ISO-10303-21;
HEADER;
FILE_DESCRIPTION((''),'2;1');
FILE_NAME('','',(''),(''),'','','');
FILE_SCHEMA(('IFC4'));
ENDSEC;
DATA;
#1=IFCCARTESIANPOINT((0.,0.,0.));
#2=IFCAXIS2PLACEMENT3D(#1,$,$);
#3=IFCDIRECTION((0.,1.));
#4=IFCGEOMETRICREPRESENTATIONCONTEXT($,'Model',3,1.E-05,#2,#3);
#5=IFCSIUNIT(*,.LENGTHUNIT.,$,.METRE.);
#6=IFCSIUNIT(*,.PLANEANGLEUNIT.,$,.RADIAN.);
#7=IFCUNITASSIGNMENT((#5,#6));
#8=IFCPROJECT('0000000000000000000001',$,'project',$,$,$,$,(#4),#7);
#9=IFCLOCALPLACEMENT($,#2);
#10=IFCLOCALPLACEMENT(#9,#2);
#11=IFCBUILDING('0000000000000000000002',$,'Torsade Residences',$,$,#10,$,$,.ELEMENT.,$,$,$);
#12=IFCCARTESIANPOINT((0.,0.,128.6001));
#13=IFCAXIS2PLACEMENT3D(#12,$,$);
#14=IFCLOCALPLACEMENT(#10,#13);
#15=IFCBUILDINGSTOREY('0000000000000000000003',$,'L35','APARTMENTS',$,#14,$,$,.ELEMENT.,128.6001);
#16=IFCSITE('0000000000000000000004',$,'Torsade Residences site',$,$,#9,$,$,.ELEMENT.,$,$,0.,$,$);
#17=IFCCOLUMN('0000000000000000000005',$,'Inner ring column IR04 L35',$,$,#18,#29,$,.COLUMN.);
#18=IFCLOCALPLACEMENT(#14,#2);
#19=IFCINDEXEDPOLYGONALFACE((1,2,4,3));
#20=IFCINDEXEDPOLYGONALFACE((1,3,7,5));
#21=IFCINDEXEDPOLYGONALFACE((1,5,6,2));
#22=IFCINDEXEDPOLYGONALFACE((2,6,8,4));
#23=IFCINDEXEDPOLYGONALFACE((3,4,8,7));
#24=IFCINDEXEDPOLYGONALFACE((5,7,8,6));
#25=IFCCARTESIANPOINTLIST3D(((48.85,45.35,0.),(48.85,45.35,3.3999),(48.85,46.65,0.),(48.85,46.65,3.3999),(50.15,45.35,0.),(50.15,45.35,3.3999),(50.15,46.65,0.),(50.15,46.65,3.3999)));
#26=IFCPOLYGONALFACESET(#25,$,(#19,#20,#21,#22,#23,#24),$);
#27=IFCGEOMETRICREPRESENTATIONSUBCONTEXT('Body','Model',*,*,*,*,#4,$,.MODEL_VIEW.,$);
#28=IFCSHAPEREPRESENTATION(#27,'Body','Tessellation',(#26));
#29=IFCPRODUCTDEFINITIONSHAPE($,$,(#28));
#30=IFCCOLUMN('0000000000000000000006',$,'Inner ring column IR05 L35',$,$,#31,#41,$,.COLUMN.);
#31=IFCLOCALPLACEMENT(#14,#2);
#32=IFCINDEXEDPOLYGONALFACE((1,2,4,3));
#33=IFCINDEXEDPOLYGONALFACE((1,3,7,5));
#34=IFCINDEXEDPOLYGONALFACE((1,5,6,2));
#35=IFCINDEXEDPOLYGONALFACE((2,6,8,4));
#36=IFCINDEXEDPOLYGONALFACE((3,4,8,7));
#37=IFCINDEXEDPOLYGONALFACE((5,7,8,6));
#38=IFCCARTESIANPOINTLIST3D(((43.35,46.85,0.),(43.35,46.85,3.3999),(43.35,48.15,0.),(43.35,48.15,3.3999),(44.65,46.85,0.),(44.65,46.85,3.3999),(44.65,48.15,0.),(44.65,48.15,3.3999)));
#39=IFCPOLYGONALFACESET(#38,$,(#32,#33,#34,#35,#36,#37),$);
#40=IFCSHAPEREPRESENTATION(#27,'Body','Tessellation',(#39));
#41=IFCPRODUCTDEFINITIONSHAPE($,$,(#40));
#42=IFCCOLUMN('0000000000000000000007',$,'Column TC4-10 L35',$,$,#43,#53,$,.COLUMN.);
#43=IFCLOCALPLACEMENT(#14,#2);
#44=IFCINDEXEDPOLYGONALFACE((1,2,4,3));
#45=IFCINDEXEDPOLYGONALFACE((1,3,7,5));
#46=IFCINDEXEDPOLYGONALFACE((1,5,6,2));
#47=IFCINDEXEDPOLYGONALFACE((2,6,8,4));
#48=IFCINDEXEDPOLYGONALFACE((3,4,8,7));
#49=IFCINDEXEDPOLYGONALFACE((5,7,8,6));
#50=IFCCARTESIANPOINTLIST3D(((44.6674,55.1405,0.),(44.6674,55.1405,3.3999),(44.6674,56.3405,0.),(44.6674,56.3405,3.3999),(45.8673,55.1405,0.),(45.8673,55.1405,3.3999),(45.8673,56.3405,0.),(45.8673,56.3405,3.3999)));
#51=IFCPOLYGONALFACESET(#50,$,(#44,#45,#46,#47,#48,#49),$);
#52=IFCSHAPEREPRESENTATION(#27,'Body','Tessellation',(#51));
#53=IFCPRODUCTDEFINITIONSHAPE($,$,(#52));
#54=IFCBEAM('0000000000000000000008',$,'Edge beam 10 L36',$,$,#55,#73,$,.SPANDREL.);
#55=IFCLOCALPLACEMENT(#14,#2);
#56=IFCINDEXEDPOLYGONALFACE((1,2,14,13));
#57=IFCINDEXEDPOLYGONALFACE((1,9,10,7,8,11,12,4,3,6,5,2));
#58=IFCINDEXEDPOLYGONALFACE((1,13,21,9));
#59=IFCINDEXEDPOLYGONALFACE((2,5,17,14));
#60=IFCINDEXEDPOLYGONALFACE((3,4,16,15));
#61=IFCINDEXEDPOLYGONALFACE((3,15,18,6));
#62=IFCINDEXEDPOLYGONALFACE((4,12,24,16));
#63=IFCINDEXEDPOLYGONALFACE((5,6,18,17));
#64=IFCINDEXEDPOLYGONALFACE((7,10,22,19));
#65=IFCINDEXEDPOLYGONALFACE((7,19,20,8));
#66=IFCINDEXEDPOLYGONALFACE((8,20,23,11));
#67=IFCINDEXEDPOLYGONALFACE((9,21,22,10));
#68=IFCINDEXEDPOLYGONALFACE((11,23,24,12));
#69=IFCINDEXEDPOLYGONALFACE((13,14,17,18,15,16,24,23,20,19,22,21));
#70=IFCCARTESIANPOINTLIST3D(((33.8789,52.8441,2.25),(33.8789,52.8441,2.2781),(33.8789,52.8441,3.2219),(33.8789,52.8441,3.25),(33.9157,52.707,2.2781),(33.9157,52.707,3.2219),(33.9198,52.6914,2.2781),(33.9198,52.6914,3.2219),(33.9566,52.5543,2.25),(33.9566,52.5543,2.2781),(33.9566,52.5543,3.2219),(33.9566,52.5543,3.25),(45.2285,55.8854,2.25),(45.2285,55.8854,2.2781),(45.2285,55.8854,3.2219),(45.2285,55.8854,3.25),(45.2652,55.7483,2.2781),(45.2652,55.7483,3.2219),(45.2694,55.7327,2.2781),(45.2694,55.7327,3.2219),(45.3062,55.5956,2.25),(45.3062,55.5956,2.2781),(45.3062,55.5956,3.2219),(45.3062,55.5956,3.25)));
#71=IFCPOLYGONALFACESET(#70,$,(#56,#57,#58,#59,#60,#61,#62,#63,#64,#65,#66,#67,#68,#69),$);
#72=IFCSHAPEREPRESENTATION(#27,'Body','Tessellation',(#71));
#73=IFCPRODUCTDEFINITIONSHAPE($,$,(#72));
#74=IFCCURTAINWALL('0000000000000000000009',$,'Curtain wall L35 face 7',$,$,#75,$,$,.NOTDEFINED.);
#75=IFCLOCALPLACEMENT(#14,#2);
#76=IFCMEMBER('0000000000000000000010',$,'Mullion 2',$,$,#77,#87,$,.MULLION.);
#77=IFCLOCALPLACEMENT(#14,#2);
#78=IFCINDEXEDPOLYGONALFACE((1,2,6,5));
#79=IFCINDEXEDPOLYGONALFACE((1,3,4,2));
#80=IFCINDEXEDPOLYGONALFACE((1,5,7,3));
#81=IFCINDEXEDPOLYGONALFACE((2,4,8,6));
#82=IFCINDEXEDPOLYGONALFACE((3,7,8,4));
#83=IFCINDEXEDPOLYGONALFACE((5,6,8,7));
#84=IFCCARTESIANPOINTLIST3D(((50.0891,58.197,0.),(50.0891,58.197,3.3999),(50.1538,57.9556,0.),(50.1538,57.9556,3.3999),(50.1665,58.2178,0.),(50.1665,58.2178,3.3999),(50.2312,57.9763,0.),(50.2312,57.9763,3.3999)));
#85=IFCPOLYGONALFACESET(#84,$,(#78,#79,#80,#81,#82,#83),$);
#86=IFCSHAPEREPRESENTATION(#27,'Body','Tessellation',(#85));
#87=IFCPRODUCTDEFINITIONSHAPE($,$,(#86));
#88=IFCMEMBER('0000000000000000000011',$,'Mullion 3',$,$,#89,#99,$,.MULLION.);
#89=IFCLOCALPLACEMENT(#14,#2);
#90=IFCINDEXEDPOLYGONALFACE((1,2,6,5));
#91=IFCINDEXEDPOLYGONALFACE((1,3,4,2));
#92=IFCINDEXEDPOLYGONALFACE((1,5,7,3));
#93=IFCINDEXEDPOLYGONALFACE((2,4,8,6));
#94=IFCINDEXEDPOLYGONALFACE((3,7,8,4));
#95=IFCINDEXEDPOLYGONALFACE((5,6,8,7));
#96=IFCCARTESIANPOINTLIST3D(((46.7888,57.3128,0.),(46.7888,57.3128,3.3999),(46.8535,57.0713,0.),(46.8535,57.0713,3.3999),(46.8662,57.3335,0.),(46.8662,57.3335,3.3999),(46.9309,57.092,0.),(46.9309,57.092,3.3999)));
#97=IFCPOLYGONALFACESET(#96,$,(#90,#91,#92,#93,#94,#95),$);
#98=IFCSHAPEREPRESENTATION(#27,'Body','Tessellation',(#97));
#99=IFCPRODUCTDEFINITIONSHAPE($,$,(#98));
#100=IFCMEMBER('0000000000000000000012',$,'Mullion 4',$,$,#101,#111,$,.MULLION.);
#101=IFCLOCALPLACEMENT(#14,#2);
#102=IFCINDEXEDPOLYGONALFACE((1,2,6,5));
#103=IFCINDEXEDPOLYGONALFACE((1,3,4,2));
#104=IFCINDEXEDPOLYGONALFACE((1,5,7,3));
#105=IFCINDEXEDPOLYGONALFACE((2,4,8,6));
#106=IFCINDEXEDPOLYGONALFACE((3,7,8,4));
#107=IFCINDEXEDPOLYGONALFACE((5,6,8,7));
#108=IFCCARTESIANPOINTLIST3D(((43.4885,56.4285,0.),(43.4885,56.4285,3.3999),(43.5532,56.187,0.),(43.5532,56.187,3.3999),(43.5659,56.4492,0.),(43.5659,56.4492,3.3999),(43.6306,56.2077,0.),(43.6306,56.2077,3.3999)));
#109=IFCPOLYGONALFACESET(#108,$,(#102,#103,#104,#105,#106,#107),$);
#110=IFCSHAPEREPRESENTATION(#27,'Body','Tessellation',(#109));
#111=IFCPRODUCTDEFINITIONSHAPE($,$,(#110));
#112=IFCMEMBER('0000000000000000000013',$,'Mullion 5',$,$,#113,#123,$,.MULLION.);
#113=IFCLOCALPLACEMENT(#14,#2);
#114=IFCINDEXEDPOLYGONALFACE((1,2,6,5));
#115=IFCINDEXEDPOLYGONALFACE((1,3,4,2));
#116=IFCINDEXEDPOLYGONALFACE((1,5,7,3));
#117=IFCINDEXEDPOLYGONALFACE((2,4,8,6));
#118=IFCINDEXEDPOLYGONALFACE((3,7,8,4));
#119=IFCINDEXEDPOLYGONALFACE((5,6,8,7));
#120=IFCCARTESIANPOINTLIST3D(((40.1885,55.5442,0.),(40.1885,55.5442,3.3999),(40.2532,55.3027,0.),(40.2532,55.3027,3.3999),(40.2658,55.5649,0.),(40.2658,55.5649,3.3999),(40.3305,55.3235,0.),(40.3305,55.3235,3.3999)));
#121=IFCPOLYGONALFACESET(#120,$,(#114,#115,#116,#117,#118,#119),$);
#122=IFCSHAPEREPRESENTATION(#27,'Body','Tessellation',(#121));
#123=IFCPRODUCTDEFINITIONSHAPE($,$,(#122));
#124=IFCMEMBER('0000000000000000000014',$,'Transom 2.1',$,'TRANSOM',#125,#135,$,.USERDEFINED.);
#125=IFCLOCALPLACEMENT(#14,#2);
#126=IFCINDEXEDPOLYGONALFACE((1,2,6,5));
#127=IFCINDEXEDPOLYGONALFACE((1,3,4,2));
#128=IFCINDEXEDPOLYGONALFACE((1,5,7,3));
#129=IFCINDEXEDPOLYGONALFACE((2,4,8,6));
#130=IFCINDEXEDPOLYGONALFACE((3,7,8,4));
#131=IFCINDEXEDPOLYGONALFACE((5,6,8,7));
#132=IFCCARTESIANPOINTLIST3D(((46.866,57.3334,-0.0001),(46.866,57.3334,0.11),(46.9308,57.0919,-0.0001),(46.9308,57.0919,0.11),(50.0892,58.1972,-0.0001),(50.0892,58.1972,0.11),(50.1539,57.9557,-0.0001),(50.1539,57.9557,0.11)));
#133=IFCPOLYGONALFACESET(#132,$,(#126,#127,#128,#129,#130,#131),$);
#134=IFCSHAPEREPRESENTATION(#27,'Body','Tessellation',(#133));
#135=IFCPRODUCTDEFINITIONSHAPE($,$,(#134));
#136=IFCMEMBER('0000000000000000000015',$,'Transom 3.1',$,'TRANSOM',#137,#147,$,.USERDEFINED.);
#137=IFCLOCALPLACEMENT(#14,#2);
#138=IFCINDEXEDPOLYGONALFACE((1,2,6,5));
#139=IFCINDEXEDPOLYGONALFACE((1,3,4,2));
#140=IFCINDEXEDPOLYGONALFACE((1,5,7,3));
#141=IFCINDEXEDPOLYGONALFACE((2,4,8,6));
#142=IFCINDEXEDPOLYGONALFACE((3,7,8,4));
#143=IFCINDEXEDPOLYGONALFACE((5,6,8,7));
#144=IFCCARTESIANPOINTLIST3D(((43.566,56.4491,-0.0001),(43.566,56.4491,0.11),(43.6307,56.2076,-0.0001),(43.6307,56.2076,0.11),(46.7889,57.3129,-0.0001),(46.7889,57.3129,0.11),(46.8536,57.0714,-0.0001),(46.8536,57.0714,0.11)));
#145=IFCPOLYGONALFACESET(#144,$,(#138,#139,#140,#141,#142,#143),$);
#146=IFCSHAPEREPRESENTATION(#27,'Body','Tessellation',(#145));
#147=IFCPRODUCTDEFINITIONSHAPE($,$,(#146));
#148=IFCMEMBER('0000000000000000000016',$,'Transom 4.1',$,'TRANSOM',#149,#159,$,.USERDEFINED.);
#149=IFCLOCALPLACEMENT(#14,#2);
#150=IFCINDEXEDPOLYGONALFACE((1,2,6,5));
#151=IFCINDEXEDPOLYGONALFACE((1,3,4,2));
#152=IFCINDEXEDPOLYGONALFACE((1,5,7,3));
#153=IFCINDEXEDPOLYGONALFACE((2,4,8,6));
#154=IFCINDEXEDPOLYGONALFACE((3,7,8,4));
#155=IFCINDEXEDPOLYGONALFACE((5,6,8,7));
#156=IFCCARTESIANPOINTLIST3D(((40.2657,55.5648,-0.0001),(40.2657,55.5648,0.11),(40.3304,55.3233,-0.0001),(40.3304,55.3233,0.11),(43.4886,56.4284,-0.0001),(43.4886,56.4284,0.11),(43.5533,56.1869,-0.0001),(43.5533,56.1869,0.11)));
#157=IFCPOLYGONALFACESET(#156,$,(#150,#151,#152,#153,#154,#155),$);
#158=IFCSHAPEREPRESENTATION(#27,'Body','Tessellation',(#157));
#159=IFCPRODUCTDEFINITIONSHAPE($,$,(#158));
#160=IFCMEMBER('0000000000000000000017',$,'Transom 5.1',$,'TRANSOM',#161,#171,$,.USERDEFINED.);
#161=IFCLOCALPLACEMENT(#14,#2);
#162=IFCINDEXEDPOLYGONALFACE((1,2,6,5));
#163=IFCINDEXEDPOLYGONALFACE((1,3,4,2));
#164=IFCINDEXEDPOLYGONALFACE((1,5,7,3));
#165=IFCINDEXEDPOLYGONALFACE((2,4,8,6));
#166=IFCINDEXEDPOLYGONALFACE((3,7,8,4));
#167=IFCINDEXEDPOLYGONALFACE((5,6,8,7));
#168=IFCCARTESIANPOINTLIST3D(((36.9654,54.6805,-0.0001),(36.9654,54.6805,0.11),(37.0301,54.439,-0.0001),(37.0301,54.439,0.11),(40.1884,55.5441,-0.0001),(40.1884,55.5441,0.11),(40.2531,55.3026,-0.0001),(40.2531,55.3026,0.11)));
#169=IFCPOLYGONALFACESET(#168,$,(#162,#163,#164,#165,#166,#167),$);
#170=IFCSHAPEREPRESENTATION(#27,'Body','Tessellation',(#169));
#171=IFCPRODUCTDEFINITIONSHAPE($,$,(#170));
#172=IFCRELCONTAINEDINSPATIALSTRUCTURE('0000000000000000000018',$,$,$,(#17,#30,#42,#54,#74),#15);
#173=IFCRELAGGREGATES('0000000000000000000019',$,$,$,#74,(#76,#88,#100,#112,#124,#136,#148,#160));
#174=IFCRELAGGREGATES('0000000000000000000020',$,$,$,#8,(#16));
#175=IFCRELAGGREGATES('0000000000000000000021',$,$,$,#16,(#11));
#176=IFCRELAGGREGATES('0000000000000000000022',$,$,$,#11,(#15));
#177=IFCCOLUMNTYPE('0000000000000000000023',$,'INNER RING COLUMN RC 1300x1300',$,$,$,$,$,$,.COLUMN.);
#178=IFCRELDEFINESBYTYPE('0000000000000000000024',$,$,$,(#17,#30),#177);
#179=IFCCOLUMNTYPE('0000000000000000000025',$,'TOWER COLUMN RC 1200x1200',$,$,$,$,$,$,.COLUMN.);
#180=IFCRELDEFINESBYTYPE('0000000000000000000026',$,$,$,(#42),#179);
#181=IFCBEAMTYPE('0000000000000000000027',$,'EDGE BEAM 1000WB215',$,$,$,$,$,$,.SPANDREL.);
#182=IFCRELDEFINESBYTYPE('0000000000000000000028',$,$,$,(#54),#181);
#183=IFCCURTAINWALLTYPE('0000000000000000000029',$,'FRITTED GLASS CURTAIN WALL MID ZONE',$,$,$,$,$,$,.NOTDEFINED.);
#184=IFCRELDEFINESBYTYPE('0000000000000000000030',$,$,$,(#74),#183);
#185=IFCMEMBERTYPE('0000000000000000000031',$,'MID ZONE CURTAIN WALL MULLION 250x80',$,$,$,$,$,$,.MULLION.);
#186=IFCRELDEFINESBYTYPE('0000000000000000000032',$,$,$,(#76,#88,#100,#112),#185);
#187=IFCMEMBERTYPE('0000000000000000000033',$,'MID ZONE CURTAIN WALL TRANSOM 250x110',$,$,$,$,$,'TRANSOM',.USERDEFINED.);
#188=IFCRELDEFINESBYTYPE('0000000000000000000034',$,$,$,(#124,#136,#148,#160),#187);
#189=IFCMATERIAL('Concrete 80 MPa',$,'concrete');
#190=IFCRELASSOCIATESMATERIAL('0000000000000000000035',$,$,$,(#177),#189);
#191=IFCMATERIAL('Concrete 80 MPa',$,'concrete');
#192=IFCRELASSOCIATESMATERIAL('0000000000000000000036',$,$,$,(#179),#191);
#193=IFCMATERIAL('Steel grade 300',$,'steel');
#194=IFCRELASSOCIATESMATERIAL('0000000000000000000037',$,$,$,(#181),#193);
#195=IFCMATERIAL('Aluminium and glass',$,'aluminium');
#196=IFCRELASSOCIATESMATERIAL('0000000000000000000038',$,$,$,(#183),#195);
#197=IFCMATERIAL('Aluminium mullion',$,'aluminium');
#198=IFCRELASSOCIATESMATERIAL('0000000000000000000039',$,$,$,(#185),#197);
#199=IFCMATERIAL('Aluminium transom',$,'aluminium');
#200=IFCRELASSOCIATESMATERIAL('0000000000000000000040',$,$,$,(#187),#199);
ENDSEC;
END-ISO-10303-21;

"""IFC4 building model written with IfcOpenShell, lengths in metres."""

from ifc_helpers import new_model, si_unit, direction, frame, origin, origin_2d, place, context, subcontext, project, spatial, rectangle, i_section, extrude, material, material_profile, profile_set, type_object, element, aggregate, save


model = new_model("IFC4")

# Units and contexts
model_context = context("Model", 3, precision=1e-05, world=origin(), true_north=direction((0.0, 1.0)))
body_context = subcontext(model_context, "Body", "Model", "MODEL_VIEW")
ifc_project = project(units=[si_unit("LENGTHUNIT", "METRE"), si_unit("PLANEANGLEUNIT", "RADIAN")], contexts=[model_context])

# Site, building, storey
site_placement = place(None, origin())
site = spatial("IfcSite", under=ifc_project, at=site_placement, Name="Torsade Residences site", CompositionType="ELEMENT", RefElevation=0.0)
building_placement = place(site_placement, origin())
building = spatial("IfcBuilding", under=site, at=building_placement, Name="Torsade Residences", CompositionType="ELEMENT")
storey_placement = place(building_placement, frame((0.0, 0.0, 128.6001)))
storey = spatial("IfcBuildingStorey", under=building, at=storey_placement, Name="L35", Description="APARTMENTS", CompositionType="ELEMENT", Elevation=128.6001)

# Columns
ifc_material_1 = material(Name="Concrete 80 MPa", Category="concrete")
ifc_material_profile_1 = material_profile(ifc_material_1, rectangle(XDim=1.3, YDim=1.3, at=origin_2d()), Name="RC 1300x1300")
ifc_profile_set_1 = profile_set([ifc_material_profile_1], Name="Concrete 80 MPa")
column_type_1 = type_object("IfcColumnType", Name="INNER RING COLUMN RC 1300x1300", PredefinedType="COLUMN", material=ifc_profile_set_1)
for number, where, z_axis, x_axis, name in (
    (1, (49.5, 46.0, 0.0), (0.0, 0.0, 1.0), (1.0, 0.0, 0.0), "Inner ring column IR04 L35"),
    (2, (44.0, 47.5, 0.0), (0.0, 0.0, 1.0), (1.0, 0.0, 0.0), "Inner ring column IR05 L35"),
):
    element("IfcColumn", number, at=place(storey_placement, frame(where, z_axis=z_axis, x_axis=x_axis)), inside=storey, type_object=column_type_1, Name=name, PredefinedType="COLUMN", context=body_context, shape_type="SweptSolid", body=[
        extrude(rectangle(XDim=1.3, YDim=1.3, at=origin_2d()), origin(), (0.0, 0.0, 1.0), 3.3999),
    ])
ifc_material_2 = material(Name="Concrete 80 MPa", Category="concrete")
ifc_material_profile_2 = material_profile(ifc_material_2, rectangle(XDim=1.2, YDim=1.2, at=origin_2d()), Name="RC 1200x1200")
ifc_profile_set_2 = profile_set([ifc_material_profile_2], Name="Concrete 80 MPa")
column_type_2 = type_object("IfcColumnType", Name="TOWER COLUMN RC 1200x1200", PredefinedType="COLUMN", material=ifc_profile_set_2)
column_placement = place(storey_placement, frame((45.2673, 55.7405, 0.0), z_axis=(0.0, 0.0, 1.0), x_axis=(1.0, 0.0, 0.0)))
element("IfcColumn", 3, at=column_placement, inside=storey, type_object=column_type_2, Name="Column TC4-10 L35", PredefinedType="COLUMN", context=body_context, shape_type="SweptSolid", body=[
    extrude(rectangle(XDim=1.2, YDim=1.2, at=origin_2d()), origin(), (0.0, 0.0, 1.0), 3.3999),
])

# Beam
ifc_material_3 = material(Name="Steel grade 300", Category="steel")
ifc_material_profile_3 = material_profile(ifc_material_3, i_section(OverallWidth=0.3, OverallDepth=1.0, WebThickness=0.0161, FlangeThickness=0.0281, at=origin_2d()), Name="1000WB215")
ifc_profile_set_3 = profile_set([ifc_material_profile_3], Name="Steel grade 300")
beam_type_1 = type_object("IfcBeamType", Name="EDGE BEAM 1000WB215", PredefinedType="SPANDREL", material=ifc_profile_set_3)
beam_1_placement = place(storey_placement, frame((45.2673, 55.7405, 2.75), z_axis=(-0.965923, -0.25883, 0.0), x_axis=(0.25883, -0.965923, 0.0)))
element("IfcBeam", 4, at=beam_1_placement, inside=storey, type_object=beam_type_1, Name="Edge beam 10 L36", PredefinedType="SPANDREL", context=body_context, shape_type="SweptSolid", body=[
    extrude(i_section(OverallWidth=0.3, OverallDepth=1.0, WebThickness=0.0161, FlangeThickness=0.0281, at=origin_2d()), origin(), (0.0, 0.0, 1.0), 11.75),
])

# Curtain wall, members
ifc_material_4 = material(Name="Aluminium and glass", Category="aluminium")
curtain_wall_type = type_object("IfcCurtainWallType", Name="FRITTED GLASS CURTAIN WALL MID ZONE", PredefinedType="NOTDEFINED", material=ifc_material_4)
curtain_wall_placement = place(storey_placement, origin())
curtain_wall = element("IfcCurtainWall", 5, at=curtain_wall_placement, inside=storey, type_object=curtain_wall_type, Name="Curtain wall L35 face 7", PredefinedType="NOTDEFINED")
ifc_material_5 = material(Name="Aluminium mullion", Category="aluminium")
ifc_material_profile_4 = material_profile(ifc_material_5, rectangle(XDim=0.25, YDim=0.0801, at=origin_2d()), Name="MID ZONE CURTAIN WALL MULLION 250x80")
ifc_profile_set_4 = profile_set([ifc_material_profile_4], Name="Aluminium mullion")
member_type_1 = type_object("IfcMemberType", Name="MID ZONE CURTAIN WALL MULLION 250x80", PredefinedType="MULLION", material=ifc_profile_set_4)
member_1_placement = place(storey_placement, frame((50.1602, 58.0867, 0.0), z_axis=(0.0, 0.0, 1.0), x_axis=(0.258819, -0.965926, 0.0)))
member_1 = element("IfcMember", 6, at=member_1_placement, type_object=member_type_1, Name="Mullion 2", PredefinedType="MULLION", context=body_context, shape_type="SweptSolid", body=[
    extrude(rectangle(XDim=0.25, YDim=0.0801, at=origin_2d()), origin(), (0.0, 0.0, 1.0), 3.3999),
])
member_2_placement = place(storey_placement, frame((46.8599, 57.2024, 0.0), z_axis=(0.0, 0.0, 1.0), x_axis=(0.258819, -0.965926, 0.0)))
member_2 = element("IfcMember", 7, at=member_2_placement, type_object=member_type_1, Name="Mullion 3", PredefinedType="MULLION", context=body_context, shape_type="SweptSolid", body=[
    extrude(rectangle(XDim=0.25, YDim=0.0801, at=origin_2d()), origin(), (0.0, 0.0, 1.0), 3.3999),
])
member_3_placement = place(storey_placement, frame((43.5596, 56.3181, 0.0), z_axis=(0.0, 0.0, 1.0), x_axis=(0.258819, -0.965926, 0.0)))
member_3 = element("IfcMember", 8, at=member_3_placement, type_object=member_type_1, Name="Mullion 4", PredefinedType="MULLION", context=body_context, shape_type="SweptSolid", body=[
    extrude(rectangle(XDim=0.25, YDim=0.0801, at=origin_2d()), origin(), (0.0, 0.0, 1.0), 3.3999),
])
member_4_placement = place(storey_placement, frame((40.2595, 55.4338, 0.0), z_axis=(0.0, 0.0, 1.0), x_axis=(0.258819, -0.965926, 0.0)))
member_4 = element("IfcMember", 9, at=member_4_placement, type_object=member_type_1, Name="Mullion 5", PredefinedType="MULLION", context=body_context, shape_type="SweptSolid", body=[
    extrude(rectangle(XDim=0.25, YDim=0.0801, at=origin_2d()), origin(), (0.0, 0.0, 1.0), 3.3999),
])
ifc_material_6 = material(Name="Aluminium transom", Category="aluminium")
ifc_material_profile_5 = material_profile(ifc_material_6, rectangle(XDim=0.25, YDim=0.1101, at=origin_2d()), Name="MID ZONE CURTAIN WALL TRANSOM 250x110")
ifc_profile_set_5 = profile_set([ifc_material_profile_5], Name="Aluminium transom")
member_type_2 = type_object("IfcMemberType", Name="MID ZONE CURTAIN WALL TRANSOM 250x110", ElementType="TRANSOM", PredefinedType="USERDEFINED", material=ifc_profile_set_5)
member_5_placement = place(storey_placement, frame((50.1216, 58.0764, 0.0549), z_axis=(-0.965916, -0.258856, 0.0), x_axis=(0.258856, -0.965916, 0.0)))
member_5 = element("IfcMember", 10, at=member_5_placement, type_object=member_type_2, Name="Transom 2.1", ObjectType="TRANSOM", PredefinedType="USERDEFINED", context=body_context, shape_type="SweptSolid", body=[
    extrude(rectangle(XDim=0.25, YDim=0.1101, at=origin_2d()), origin(), (0.0, 0.0, 1.0), 3.3369),
])
member_6_placement = place(storey_placement, frame((46.8213, 57.1921, 0.0549), z_axis=(-0.965911, -0.258874, 0.0), x_axis=(0.258874, -0.965911, 0.0)))
member_6 = element("IfcMember", 11, at=member_6_placement, type_object=member_type_2, Name="Transom 3.1", ObjectType="TRANSOM", PredefinedType="USERDEFINED", context=body_context, shape_type="SweptSolid", body=[
    extrude(rectangle(XDim=0.25, YDim=0.1101, at=origin_2d()), origin(), (0.0, 0.0, 1.0), 3.3367),
])
member_7_placement = place(storey_placement, frame((43.521, 56.3076, 0.0549), z_axis=(-0.965929, -0.258806, 0.0), x_axis=(0.258806, -0.965929, 0.0)))
member_7 = element("IfcMember", 12, at=member_7_placement, type_object=member_type_2, Name="Transom 4.1", ObjectType="TRANSOM", PredefinedType="USERDEFINED", context=body_context, shape_type="SweptSolid", body=[
    extrude(rectangle(XDim=0.25, YDim=0.1101, at=origin_2d()), origin(), (0.0, 0.0, 1.0), 3.3367),
])
member_8_placement = place(storey_placement, frame((40.2207, 55.4233, 0.0549), z_axis=(-0.965929, -0.258806, 0.0), x_axis=(0.258806, -0.965929, 0.0)))
member_8 = element("IfcMember", 13, at=member_8_placement, type_object=member_type_2, Name="Transom 5.1", ObjectType="TRANSOM", PredefinedType="USERDEFINED", context=body_context, shape_type="SweptSolid", body=[
    extrude(rectangle(XDim=0.25, YDim=0.1101, at=origin_2d()), origin(), (0.0, 0.0, 1.0), 3.3367),
])

aggregate(curtain_wall, [member_1, member_2, member_3, member_4, member_5, member_6, member_7, member_8])

save(model, "model.ifc")
